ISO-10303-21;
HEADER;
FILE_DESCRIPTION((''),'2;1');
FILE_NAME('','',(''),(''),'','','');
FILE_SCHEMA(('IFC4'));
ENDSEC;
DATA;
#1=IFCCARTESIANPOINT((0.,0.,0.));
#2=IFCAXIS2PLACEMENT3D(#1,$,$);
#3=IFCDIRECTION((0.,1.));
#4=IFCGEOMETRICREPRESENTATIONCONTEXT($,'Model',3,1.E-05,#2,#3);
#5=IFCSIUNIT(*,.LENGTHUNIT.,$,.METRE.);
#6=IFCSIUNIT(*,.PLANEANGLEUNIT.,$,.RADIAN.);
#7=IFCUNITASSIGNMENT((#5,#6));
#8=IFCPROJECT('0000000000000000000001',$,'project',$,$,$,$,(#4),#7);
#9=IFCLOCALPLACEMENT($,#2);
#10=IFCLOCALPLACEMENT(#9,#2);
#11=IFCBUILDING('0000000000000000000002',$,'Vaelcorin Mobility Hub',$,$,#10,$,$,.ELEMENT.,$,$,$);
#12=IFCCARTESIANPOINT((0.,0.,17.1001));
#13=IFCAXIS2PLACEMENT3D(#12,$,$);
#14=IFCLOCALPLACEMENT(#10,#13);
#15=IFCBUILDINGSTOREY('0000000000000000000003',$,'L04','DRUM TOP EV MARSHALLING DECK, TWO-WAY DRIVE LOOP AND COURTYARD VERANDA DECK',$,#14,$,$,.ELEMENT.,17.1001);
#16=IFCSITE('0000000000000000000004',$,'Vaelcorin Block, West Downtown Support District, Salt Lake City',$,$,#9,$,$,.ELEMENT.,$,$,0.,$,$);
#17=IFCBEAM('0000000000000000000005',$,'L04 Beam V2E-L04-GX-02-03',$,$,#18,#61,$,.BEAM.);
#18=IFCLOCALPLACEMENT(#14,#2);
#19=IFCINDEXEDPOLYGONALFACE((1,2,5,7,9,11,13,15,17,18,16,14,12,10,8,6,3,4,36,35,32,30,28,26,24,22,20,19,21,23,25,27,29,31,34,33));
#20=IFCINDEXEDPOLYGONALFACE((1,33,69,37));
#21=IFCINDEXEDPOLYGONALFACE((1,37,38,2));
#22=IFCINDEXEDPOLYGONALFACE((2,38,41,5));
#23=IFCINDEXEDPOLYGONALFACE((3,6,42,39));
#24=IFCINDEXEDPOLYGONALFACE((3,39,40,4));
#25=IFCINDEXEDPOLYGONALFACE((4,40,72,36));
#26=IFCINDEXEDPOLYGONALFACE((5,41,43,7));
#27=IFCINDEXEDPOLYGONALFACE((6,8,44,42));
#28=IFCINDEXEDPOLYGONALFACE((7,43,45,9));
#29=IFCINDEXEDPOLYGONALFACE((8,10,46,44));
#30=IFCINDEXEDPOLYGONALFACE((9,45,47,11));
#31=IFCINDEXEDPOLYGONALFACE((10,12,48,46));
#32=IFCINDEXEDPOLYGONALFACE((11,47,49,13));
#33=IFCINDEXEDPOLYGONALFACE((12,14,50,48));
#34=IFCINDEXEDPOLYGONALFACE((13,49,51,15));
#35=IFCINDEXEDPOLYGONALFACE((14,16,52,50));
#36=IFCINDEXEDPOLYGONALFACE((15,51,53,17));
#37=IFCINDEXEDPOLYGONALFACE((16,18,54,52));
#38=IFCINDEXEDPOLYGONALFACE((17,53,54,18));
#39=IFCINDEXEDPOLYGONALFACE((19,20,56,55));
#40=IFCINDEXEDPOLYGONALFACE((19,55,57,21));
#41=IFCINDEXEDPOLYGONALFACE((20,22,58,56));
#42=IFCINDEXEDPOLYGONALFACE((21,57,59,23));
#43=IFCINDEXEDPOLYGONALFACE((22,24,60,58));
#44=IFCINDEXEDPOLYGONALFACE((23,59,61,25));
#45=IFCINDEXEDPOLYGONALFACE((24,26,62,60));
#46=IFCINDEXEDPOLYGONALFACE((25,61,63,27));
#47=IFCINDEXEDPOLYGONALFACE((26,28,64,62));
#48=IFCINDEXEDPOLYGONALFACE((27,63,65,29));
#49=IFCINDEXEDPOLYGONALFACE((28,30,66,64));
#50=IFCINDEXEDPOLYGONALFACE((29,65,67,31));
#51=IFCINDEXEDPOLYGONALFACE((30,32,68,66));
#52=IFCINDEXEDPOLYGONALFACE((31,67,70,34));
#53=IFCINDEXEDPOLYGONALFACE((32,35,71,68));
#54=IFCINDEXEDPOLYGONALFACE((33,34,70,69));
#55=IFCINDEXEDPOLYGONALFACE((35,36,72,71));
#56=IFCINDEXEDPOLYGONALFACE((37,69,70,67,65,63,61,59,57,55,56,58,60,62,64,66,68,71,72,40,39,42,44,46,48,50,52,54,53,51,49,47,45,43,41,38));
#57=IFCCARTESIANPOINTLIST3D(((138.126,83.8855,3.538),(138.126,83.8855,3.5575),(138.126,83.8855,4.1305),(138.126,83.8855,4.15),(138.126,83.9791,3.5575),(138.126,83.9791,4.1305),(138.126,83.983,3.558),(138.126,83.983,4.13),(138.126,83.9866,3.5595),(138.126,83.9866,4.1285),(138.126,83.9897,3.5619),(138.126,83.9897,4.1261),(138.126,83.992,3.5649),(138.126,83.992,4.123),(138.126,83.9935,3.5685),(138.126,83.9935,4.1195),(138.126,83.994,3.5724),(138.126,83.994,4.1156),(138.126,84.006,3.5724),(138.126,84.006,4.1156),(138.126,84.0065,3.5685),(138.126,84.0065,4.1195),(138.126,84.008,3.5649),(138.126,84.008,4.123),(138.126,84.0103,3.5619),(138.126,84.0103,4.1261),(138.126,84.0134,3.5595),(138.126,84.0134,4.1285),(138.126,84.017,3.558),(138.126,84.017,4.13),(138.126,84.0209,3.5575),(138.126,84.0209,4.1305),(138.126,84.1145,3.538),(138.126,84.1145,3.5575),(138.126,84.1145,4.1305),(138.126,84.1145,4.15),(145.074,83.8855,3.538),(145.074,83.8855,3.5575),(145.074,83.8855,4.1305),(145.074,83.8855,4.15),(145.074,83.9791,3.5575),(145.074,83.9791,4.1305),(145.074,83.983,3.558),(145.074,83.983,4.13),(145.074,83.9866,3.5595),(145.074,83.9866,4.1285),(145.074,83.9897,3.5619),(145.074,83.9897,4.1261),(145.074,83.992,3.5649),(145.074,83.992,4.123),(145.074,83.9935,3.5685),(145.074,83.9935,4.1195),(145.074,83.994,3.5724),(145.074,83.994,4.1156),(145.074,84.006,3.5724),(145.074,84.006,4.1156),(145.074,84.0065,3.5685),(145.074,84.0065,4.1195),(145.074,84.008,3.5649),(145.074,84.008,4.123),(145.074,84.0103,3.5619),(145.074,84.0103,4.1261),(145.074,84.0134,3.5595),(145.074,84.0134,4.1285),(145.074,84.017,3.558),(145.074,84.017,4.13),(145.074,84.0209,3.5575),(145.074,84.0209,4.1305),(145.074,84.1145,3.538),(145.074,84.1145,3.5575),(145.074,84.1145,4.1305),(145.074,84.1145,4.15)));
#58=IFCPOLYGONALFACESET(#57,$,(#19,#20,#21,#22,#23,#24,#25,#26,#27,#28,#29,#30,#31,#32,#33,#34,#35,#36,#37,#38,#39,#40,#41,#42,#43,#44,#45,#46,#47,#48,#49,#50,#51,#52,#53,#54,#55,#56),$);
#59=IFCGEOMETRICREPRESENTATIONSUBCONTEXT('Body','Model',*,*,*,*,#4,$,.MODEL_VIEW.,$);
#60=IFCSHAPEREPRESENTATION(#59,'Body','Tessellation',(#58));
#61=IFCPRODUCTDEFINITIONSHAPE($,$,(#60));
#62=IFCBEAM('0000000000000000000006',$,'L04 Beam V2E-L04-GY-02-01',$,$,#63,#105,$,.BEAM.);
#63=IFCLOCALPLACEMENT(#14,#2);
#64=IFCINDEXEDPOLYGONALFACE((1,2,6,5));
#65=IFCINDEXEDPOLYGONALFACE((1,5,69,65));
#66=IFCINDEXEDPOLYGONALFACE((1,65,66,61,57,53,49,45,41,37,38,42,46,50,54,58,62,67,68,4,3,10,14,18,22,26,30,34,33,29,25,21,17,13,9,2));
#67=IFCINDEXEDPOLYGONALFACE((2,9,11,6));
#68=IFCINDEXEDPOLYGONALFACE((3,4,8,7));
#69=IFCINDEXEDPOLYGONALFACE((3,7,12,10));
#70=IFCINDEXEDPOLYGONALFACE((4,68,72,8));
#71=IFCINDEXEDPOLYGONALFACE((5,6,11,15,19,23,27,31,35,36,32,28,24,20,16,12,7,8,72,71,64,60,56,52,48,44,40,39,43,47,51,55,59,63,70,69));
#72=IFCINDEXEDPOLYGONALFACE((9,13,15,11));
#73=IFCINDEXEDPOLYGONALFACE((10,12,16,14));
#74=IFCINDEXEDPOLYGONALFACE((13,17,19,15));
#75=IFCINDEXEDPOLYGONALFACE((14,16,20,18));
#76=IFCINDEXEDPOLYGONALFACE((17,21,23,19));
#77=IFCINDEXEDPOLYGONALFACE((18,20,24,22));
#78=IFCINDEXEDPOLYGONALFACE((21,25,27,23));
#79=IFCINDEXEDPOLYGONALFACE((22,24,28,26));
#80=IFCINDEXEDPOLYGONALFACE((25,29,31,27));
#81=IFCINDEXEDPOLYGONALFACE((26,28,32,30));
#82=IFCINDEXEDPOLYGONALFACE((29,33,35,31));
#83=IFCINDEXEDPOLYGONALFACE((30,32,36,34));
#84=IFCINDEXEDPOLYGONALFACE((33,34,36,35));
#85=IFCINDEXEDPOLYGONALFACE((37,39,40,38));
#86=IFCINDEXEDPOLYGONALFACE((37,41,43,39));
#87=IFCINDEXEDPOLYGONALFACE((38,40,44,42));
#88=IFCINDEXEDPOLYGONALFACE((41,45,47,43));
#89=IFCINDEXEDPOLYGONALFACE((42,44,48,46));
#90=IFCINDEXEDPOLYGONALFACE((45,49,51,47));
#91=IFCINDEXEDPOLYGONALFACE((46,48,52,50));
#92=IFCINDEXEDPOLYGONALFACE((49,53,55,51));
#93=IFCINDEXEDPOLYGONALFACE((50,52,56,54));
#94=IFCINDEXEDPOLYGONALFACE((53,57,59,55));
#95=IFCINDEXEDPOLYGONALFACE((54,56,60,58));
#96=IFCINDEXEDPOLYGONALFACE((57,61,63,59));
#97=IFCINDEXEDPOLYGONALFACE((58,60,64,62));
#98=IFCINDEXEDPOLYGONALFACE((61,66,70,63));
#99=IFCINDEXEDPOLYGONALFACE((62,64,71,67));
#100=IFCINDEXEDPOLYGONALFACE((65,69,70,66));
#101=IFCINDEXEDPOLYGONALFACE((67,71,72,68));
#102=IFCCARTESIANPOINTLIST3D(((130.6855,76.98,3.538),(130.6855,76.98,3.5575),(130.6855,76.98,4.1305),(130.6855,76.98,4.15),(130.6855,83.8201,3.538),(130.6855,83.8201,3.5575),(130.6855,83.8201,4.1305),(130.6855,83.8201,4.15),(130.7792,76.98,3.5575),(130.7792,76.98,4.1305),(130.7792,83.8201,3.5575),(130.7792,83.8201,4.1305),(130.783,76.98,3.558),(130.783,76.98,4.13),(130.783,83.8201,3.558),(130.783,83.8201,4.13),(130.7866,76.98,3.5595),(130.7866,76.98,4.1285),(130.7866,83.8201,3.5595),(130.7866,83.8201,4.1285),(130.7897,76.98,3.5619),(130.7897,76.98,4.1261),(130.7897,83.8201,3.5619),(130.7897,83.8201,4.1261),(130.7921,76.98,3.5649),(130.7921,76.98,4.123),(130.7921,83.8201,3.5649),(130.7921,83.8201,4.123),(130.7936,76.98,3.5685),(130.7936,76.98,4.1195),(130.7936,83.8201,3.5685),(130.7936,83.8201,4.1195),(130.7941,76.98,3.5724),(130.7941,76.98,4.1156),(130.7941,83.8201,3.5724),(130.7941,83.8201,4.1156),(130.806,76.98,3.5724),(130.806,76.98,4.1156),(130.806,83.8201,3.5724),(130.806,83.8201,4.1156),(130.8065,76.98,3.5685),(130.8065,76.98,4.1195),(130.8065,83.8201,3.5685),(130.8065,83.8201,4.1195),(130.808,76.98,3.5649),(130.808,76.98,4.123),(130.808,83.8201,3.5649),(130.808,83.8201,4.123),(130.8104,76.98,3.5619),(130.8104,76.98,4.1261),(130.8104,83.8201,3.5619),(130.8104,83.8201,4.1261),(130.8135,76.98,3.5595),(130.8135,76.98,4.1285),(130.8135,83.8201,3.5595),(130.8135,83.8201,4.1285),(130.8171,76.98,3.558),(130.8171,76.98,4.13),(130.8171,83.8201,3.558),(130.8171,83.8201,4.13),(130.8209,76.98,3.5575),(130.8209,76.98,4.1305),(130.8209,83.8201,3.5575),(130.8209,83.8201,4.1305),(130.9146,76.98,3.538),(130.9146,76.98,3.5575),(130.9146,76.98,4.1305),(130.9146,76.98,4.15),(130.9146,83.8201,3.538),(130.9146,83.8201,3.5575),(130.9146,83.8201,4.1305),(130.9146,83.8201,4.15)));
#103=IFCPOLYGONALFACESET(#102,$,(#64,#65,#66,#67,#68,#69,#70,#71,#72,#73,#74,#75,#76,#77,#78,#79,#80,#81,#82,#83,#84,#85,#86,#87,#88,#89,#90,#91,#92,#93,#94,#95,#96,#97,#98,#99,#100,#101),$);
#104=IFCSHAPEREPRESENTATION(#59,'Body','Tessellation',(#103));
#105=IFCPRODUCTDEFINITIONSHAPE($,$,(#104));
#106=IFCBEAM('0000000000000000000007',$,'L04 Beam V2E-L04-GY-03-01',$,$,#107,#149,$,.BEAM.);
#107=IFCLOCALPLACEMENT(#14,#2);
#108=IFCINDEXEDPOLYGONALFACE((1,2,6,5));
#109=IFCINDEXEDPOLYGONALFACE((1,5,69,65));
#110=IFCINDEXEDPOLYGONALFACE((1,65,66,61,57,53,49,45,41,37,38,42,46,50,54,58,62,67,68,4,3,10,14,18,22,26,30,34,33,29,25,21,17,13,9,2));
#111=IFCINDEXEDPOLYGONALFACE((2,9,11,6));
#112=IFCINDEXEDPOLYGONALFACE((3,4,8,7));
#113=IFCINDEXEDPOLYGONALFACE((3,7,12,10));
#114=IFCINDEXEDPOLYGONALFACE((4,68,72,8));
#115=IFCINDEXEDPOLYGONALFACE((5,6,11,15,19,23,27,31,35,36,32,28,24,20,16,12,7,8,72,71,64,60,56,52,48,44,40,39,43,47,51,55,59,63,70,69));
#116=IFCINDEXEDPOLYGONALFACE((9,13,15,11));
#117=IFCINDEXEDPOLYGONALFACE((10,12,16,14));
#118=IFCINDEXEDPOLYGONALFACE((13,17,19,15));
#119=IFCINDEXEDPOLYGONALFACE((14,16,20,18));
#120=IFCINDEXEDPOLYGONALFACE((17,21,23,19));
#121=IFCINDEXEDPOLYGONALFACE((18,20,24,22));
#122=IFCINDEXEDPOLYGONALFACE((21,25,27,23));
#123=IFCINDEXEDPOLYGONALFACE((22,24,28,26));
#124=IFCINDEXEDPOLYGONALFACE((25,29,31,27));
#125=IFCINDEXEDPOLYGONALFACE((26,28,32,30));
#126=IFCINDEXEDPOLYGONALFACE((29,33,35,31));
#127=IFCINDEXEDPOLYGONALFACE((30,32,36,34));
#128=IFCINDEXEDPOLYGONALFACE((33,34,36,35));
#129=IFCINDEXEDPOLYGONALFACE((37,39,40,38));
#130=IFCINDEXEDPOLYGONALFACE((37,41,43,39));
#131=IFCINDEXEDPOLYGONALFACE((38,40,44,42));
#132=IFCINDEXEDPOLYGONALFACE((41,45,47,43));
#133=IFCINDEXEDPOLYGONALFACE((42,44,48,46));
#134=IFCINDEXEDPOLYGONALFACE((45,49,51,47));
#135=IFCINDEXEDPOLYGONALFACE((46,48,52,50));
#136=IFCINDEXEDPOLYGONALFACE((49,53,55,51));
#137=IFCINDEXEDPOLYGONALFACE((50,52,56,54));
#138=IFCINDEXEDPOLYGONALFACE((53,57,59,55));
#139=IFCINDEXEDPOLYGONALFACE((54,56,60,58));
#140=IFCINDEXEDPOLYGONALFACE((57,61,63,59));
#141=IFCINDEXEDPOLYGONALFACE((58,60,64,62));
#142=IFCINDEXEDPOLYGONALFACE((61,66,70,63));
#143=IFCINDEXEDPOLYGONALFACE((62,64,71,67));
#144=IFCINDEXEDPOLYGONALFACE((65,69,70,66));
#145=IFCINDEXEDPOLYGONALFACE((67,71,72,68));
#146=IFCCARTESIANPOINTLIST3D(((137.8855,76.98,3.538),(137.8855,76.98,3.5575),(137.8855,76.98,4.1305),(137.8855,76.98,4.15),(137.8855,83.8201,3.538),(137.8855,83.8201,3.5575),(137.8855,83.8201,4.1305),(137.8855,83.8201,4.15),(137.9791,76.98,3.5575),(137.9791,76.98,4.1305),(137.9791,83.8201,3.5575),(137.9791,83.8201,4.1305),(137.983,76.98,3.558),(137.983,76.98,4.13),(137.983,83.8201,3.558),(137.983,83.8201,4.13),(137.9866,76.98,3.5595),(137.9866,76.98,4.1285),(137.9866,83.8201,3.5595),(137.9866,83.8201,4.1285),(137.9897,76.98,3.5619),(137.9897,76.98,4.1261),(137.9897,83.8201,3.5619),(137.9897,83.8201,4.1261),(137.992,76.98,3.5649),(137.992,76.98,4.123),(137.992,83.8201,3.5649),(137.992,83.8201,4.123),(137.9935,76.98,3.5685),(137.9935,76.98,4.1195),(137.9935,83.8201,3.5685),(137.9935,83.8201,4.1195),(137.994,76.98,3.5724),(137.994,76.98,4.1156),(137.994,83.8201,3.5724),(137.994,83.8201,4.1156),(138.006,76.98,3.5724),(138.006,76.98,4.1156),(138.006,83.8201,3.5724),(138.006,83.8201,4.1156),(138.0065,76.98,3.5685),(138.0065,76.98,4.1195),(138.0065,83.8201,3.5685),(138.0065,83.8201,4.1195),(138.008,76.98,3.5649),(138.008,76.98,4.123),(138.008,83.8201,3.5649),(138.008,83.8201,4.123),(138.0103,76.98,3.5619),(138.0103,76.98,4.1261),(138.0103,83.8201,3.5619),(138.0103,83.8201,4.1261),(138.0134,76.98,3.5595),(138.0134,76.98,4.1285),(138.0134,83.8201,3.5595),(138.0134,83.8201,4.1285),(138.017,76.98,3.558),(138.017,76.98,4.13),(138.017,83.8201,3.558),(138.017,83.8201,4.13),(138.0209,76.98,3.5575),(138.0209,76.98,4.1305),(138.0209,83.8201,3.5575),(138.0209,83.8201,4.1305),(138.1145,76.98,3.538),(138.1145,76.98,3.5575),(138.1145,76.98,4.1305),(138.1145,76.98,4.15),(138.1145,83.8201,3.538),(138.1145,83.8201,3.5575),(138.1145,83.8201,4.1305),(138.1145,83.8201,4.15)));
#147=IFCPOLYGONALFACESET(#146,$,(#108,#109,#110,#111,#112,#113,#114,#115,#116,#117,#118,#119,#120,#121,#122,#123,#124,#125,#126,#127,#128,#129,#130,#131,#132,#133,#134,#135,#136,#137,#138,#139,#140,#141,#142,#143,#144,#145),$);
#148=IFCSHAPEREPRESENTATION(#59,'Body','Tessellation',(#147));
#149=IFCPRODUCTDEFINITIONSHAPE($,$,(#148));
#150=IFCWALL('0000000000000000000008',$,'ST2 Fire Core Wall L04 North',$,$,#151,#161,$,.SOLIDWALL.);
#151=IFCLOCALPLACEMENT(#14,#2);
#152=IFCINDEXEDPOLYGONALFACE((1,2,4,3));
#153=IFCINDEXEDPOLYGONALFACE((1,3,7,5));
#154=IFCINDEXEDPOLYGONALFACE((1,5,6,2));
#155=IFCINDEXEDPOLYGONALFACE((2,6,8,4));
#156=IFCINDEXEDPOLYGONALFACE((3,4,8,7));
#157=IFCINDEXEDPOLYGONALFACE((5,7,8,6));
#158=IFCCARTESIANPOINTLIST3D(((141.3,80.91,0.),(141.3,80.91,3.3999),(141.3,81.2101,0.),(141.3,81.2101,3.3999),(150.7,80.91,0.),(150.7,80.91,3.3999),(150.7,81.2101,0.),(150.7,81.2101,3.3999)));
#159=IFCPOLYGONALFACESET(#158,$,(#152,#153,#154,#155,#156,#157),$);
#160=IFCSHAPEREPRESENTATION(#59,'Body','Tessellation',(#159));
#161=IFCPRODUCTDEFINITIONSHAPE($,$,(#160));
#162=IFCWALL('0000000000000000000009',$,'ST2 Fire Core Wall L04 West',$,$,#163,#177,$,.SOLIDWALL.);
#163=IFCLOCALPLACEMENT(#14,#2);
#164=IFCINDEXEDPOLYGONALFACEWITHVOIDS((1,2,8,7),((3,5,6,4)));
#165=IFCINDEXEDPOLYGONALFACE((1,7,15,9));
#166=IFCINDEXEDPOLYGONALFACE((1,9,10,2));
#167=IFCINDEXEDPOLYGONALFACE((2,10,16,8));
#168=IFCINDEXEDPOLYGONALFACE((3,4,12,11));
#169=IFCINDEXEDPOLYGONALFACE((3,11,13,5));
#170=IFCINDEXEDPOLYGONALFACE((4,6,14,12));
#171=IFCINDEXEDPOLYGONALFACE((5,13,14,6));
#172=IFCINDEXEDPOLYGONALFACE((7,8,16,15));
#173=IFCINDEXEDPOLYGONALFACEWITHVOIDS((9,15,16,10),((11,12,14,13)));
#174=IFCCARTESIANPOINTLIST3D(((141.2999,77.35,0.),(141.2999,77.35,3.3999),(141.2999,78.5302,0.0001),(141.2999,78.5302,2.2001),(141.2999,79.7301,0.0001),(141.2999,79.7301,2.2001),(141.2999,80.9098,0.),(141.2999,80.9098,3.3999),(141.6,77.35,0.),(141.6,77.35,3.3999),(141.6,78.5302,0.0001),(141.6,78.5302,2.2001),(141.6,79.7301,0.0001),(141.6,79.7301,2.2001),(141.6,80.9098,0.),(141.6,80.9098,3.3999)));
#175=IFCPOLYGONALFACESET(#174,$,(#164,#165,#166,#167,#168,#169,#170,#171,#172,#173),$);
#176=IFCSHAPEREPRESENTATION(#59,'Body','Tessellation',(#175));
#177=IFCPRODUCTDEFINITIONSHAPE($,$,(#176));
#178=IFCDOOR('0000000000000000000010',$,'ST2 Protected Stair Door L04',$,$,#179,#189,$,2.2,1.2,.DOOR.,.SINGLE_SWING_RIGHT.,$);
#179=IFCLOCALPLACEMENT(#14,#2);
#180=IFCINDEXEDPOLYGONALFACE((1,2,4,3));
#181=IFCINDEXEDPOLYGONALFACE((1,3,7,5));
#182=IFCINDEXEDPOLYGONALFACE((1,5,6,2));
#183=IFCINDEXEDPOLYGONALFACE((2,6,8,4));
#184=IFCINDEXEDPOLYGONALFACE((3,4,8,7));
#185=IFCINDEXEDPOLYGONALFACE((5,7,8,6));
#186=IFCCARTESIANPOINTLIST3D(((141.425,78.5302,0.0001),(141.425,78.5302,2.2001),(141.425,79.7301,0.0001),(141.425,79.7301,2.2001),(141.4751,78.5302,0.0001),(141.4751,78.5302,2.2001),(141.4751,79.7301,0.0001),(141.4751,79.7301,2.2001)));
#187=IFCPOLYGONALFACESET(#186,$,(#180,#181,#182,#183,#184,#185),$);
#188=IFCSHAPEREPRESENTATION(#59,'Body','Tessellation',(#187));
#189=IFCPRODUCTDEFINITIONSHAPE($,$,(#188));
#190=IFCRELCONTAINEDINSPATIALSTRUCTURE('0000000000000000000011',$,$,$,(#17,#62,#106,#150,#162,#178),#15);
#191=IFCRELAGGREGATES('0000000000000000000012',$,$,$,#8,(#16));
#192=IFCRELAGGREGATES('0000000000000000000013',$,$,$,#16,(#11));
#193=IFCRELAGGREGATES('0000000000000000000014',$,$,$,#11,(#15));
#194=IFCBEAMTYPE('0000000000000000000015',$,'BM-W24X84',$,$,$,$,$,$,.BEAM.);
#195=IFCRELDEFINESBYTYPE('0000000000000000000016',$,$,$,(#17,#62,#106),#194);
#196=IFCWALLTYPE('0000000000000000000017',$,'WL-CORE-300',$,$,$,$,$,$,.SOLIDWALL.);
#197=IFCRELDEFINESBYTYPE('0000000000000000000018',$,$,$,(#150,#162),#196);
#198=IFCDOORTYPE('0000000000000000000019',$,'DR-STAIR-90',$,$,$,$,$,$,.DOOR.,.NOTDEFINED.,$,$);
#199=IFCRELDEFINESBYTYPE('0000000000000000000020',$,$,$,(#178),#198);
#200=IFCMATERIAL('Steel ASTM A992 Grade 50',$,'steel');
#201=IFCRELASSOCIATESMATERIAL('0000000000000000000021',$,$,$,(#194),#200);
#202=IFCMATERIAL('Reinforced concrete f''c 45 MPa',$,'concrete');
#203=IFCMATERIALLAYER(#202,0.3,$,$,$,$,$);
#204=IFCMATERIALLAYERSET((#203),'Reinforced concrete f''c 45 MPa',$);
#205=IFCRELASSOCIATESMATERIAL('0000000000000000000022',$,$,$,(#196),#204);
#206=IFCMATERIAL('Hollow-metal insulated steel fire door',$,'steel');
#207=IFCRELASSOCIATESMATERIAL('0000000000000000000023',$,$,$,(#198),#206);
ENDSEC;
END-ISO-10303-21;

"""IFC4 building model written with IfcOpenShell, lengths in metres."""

from ifc_helpers import new_model, si_unit, direction, frame, frame_2d, origin, origin_2d, place, context, subcontext, project, spatial, rectangle, i_section, extrude, material, layer, layer_set, material_profile, profile_set, type_object, element, fill, save


model = new_model("IFC4")

# Units and contexts
model_context = context("Model", 3, precision=1e-05, world=origin(), true_north=direction((0.0, 1.0)))
body_context = subcontext(model_context, "Body", "Model", "MODEL_VIEW")
ifc_project = project(units=[si_unit("LENGTHUNIT", "METRE"), si_unit("PLANEANGLEUNIT", "RADIAN")], contexts=[model_context])

# Site, building, storey
site_placement = place(None, origin())
site = spatial("IfcSite", under=ifc_project, at=site_placement, Name="Vaelcorin Block, West Downtown Support District, Salt Lake City", CompositionType="ELEMENT", RefElevation=0.0)
building_placement = place(site_placement, origin())
building = spatial("IfcBuilding", under=site, at=building_placement, Name="Vaelcorin Mobility Hub", CompositionType="ELEMENT")
storey_placement = place(building_placement, frame((0.0, 0.0, 17.1001)))
storey = spatial("IfcBuildingStorey", under=building, at=storey_placement, Name="L04", Description="DRUM TOP EV MARSHALLING DECK, TWO-WAY DRIVE LOOP AND COURTYARD VERANDA DECK", CompositionType="ELEMENT", Elevation=17.1001)

# Shared definitions
ifc_material_1 = material(Name="Steel ASTM A992 Grade 50", Category="steel")

# Beams
ifc_material_profile_1 = material_profile(ifc_material_1, i_section(OverallWidth=0.229, OverallDepth=0.6121, WebThickness=0.012, FlangeThickness=0.0195, FilletRadius=0.0149, at=origin_2d()), Name="W24X84")
ifc_profile_set_1 = profile_set([ifc_material_profile_1], Name="Steel ASTM A992 Grade 50")
beam_type_1 = type_object("IfcBeamType", Name="BM-W24X84", PredefinedType="BEAM", material=ifc_profile_set_1)
for number, where, z_axis, x_axis, name in (
    (1, (138.126, 84.0, 3.844), (1.0, 0.0, 0.0), (0.0, 1.0, 0.0), "L04 Beam V2E-L04-GX-02-03"),
):
    element("IfcBeam", number, at=place(storey_placement, frame(where, z_axis=z_axis, x_axis=x_axis)), inside=storey, type_object=beam_type_1, Name=name, PredefinedType="BEAM", context=body_context, shape_type="SweptSolid", body=[
        extrude(i_section(OverallWidth=0.229, OverallDepth=0.6121, WebThickness=0.012, FlangeThickness=0.0195, FilletRadius=0.0149, at=origin_2d()), origin(), (0.0, 0.0, 1.0), 6.948),
    ])
for number, where, z_axis, x_axis, name in (
    (2, (130.8, 76.98, 3.844), (0.0, 1.0, 0.0), (-1.0, 0.0, 0.0), "L04 Beam V2E-L04-GY-02-01"),
    (3, (138.0, 76.98, 3.844), (0.0, 1.0, 0.0), (-1.0, 0.0, 0.0), "L04 Beam V2E-L04-GY-03-01"),
):
    element("IfcBeam", number, at=place(storey_placement, frame(where, z_axis=z_axis, x_axis=x_axis)), inside=storey, type_object=beam_type_1, Name=name, PredefinedType="BEAM", context=body_context, shape_type="SweptSolid", body=[
        extrude(i_section(OverallWidth=0.229, OverallDepth=0.6121, WebThickness=0.012, FlangeThickness=0.0195, FilletRadius=0.0149, at=origin_2d()), origin(), (0.0, 0.0, 1.0), 6.8401),
    ])

# Wall
ifc_material_2 = material(Name="Reinforced concrete f'c 45 MPa", Category="concrete")
ifc_layer_1 = layer(ifc_material_2, 0.3)
ifc_layer_set_1 = layer_set([ifc_layer_1], Name="Reinforced concrete f'c 45 MPa")
wall_type = type_object("IfcWallType", Name="WL-CORE-300", PredefinedType="SOLIDWALL", material=ifc_layer_set_1)
wall_1_placement = place(storey_placement, frame((141.3, 81.0601, 0.0), z_axis=(0.0, 0.0, 1.0), x_axis=(1.0, 0.0, 0.0)))
element("IfcWall", 4, at=wall_1_placement, inside=storey, type_object=wall_type, Name="ST2 Fire Core Wall L04 North", PredefinedType="SOLIDWALL", context=body_context, shape_type="SweptSolid", body=[
    extrude(rectangle(XDim=9.3999, YDim=0.3, at=frame_2d((4.7, 0.0))), origin(), (0.0, 0.0, 1.0), 3.3999),
])

# Wall, opening, door
wall_2_placement = place(storey_placement, frame((141.45, 77.3501, 0.0), z_axis=(0.0, 0.0, 1.0), x_axis=(0.0, 1.0, 0.0)))
wall_2 = element("IfcWall", 5, at=wall_2_placement, inside=storey, type_object=wall_type, Name="ST2 Fire Core Wall L04 West", PredefinedType="SOLIDWALL", context=body_context, shape_type="SweptSolid", body=[
    extrude(rectangle(XDim=3.5598, YDim=0.3, at=frame_2d((1.7798, 0.0))), origin(), (0.0, 0.0, 1.0), 3.3999),
])
opening_placement = place(wall_2_placement, frame((1.1799, 0.0, 0.0)))
opening = element("IfcOpeningElement", 6, at=opening_placement, cuts=wall_2, PredefinedType="OPENING", context=body_context, shape_type="SweptSolid", body=[
    extrude(rectangle(XDim=1.2, YDim=2.2, at=frame_2d((0.6001, 1.1001))), frame((0.0, 0.1599, 0.0), z_axis=(0.0, -1.0, 0.0), x_axis=(1.0, 0.0, 0.0)), (0.0, 0.0, 1.0), 0.3201),
])
ifc_material_3 = material(Name="Hollow-metal insulated steel fire door", Category="steel")
door_type = type_object("IfcDoorType", Name="DR-STAIR-90", OperationType="NOTDEFINED", PredefinedType="DOOR", material=ifc_material_3)
door_placement = place(opening_placement, origin())
door = element("IfcDoor", 7, at=door_placement, inside=storey, type_object=door_type, Name="ST2 Protected Stair Door L04", OperationType="SINGLE_SWING_RIGHT", OverallHeight=2.2, OverallWidth=1.2, PredefinedType="DOOR", context=body_context, shape_type="SweptSolid", body=[
    extrude(rectangle(XDim=1.2, YDim=2.2, at=frame_2d((0.6001, 1.1001))), frame((0.0, 0.0249, 0.0), z_axis=(0.0, -1.0, 0.0), x_axis=(1.0, 0.0, 0.0)), (0.0, 0.0, 1.0), 0.05),
])
fill(opening, door)

save(model, "model.ifc")
